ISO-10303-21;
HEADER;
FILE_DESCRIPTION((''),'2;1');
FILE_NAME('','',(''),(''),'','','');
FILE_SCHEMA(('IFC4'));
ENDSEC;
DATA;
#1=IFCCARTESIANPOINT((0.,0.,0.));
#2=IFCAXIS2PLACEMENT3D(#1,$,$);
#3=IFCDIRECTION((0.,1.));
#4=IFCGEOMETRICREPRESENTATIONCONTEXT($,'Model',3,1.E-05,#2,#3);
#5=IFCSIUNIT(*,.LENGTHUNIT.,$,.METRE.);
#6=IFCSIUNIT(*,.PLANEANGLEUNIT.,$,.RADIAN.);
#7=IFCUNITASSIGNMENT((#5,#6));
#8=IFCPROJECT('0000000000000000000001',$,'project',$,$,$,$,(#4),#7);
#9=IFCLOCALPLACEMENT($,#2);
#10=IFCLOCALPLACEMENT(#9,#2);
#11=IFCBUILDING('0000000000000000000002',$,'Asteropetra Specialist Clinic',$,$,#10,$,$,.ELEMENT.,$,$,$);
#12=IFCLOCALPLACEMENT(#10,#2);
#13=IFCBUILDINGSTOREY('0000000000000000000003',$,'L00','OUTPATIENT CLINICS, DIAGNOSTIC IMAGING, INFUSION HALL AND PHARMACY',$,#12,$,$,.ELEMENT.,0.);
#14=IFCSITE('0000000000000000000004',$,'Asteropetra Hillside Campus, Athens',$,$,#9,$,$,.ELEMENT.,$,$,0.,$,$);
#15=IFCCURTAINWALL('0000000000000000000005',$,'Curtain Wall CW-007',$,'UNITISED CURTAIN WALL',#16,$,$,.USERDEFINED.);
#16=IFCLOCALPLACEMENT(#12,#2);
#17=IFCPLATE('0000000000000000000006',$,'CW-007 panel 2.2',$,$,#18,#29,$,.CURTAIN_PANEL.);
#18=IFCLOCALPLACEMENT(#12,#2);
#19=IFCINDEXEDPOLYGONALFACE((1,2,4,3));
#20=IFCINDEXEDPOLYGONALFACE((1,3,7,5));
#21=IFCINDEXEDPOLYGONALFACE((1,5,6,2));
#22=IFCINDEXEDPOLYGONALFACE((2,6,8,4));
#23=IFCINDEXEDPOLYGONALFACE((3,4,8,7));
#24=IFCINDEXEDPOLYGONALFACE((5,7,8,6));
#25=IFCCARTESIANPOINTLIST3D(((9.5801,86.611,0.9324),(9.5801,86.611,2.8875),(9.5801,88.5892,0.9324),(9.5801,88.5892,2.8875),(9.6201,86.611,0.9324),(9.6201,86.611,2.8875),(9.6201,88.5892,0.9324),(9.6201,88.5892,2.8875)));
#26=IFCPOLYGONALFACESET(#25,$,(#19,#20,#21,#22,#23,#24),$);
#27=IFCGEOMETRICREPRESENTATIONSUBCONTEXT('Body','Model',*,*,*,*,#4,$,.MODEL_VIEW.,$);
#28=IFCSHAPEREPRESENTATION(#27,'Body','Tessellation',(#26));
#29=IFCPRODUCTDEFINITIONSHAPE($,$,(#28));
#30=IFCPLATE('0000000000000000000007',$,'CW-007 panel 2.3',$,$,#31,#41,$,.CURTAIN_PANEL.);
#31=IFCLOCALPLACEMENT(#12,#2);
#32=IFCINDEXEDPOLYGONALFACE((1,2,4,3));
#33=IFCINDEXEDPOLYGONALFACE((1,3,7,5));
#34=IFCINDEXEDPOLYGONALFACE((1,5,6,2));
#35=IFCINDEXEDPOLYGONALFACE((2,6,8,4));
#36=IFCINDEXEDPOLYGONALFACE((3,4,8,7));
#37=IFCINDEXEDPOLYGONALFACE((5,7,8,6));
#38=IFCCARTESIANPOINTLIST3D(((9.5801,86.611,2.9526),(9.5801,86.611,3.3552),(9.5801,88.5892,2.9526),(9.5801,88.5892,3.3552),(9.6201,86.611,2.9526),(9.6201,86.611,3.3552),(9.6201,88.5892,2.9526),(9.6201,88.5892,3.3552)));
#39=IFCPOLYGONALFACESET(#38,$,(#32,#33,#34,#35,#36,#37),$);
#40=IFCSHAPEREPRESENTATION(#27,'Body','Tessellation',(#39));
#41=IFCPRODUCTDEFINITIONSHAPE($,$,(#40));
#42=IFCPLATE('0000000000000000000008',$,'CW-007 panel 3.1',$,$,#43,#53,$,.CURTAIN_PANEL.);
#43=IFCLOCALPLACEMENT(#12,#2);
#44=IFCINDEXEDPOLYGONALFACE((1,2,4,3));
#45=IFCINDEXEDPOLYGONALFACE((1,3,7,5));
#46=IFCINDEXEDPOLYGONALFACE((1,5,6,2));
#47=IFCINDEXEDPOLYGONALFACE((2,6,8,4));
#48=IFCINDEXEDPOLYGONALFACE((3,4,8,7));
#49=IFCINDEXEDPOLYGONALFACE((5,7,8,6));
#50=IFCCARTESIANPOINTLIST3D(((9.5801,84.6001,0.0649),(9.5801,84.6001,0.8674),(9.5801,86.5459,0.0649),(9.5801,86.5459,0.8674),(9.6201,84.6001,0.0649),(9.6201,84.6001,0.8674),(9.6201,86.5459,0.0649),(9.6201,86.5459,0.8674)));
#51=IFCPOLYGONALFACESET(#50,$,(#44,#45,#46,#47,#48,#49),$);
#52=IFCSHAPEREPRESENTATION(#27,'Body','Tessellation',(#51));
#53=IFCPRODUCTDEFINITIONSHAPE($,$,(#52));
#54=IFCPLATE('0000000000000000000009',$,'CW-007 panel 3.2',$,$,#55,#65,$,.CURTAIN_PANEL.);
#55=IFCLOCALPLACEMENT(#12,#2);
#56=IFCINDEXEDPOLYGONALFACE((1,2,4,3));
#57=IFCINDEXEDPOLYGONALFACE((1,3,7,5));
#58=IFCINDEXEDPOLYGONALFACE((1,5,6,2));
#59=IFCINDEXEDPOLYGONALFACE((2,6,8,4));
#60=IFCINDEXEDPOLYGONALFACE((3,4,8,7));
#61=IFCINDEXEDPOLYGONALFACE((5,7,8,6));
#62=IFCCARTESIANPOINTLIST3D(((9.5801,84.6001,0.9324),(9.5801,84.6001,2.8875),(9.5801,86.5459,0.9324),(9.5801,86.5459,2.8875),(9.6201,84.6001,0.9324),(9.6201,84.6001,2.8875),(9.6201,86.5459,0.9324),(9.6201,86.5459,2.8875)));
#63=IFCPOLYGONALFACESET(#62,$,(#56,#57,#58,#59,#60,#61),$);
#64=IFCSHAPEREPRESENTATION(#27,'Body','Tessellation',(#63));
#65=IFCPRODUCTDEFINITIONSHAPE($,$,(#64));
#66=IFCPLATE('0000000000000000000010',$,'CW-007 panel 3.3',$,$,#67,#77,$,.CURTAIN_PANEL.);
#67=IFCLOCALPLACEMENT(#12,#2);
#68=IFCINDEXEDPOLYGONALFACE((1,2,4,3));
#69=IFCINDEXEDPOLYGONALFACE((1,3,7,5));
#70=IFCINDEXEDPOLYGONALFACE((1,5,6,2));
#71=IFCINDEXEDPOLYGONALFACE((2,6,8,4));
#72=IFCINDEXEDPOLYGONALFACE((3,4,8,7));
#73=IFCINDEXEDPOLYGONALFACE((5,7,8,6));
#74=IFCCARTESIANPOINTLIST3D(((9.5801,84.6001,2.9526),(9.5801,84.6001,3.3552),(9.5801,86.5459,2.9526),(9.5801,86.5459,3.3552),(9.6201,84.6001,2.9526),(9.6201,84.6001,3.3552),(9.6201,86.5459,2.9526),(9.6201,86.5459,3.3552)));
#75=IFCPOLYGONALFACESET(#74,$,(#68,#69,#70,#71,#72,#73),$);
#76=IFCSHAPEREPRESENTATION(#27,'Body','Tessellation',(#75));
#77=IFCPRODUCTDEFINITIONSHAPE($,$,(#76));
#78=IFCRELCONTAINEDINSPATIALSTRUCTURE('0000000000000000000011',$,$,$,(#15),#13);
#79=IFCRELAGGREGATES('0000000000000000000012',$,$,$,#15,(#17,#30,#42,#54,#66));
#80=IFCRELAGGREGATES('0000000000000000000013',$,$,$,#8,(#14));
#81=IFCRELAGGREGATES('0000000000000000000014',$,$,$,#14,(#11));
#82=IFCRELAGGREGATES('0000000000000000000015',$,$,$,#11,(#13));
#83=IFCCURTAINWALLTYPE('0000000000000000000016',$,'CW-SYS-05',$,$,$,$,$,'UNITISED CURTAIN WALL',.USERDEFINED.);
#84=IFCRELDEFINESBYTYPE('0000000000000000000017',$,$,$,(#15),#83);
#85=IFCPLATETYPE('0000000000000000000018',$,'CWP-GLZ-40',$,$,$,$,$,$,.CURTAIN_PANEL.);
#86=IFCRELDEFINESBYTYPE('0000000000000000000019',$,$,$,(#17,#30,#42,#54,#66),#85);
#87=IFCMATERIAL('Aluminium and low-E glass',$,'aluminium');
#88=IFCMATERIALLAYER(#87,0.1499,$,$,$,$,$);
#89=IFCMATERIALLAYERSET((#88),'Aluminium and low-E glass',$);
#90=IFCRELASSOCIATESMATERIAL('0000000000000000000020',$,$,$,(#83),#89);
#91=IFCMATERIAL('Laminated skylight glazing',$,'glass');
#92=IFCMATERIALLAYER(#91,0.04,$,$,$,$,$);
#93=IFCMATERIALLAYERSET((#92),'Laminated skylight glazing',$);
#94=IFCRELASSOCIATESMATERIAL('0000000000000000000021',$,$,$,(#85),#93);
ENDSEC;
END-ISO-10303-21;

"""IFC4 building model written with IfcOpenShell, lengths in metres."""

from ifc_helpers import new_model, si_unit, direction, frame, origin, origin_2d, place, context, subcontext, project, spatial, rectangle, extrude, material, layer, layer_set, type_object, element, aggregate, save


model = new_model("IFC4")

# Units and contexts
model_context = context("Model", 3, precision=1e-05, world=origin(), true_north=direction((0.0, 1.0)))
body_context = subcontext(model_context, "Body", "Model", "MODEL_VIEW")
ifc_project = project(units=[si_unit("LENGTHUNIT", "METRE"), si_unit("PLANEANGLEUNIT", "RADIAN")], contexts=[model_context])

# Site, building, storey
site_placement = place(None, origin())
site = spatial("IfcSite", under=ifc_project, at=site_placement, Name="Asteropetra Hillside Campus, Athens", CompositionType="ELEMENT", RefElevation=0.0)
building_placement = place(site_placement, origin())
building = spatial("IfcBuilding", under=site, at=building_placement, Name="Asteropetra Specialist Clinic", CompositionType="ELEMENT")
storey_placement = place(building_placement, origin())
storey = spatial("IfcBuildingStorey", under=building, at=storey_placement, Name="L00", Description="OUTPATIENT CLINICS, DIAGNOSTIC IMAGING, INFUSION HALL AND PHARMACY", CompositionType="ELEMENT", Elevation=0.0)

# Curtain wall, plates
ifc_material_1 = material(Name="Aluminium and low-E glass", Category="aluminium")
ifc_layer_1 = layer(ifc_material_1, 0.1499)
ifc_layer_set_1 = layer_set([ifc_layer_1], Name="Aluminium and low-E glass")
curtain_wall_type = type_object("IfcCurtainWallType", Name="CW-SYS-05", ElementType="UNITISED CURTAIN WALL", PredefinedType="USERDEFINED", material=ifc_layer_set_1)
curtain_wall_placement = place(storey_placement, origin())
curtain_wall = element("IfcCurtainWall", 1, at=curtain_wall_placement, inside=storey, type_object=curtain_wall_type, Name="Curtain Wall CW-007", ObjectType="UNITISED CURTAIN WALL", PredefinedType="USERDEFINED")
ifc_material_2 = material(Name="Laminated skylight glazing", Category="glass")
ifc_layer_2 = layer(ifc_material_2, 0.04)
ifc_layer_set_2 = layer_set([ifc_layer_2], Name="Laminated skylight glazing")
plate_type = type_object("IfcPlateType", Name="CWP-GLZ-40", PredefinedType="CURTAIN_PANEL", material=ifc_layer_set_2)
plate_1_placement = place(storey_placement, frame((9.6001, 87.6001, 0.9324), z_axis=(0.0, 0.0, 1.0), x_axis=(0.0, -1.0, 0.0)))
plate_1 = element("IfcPlate", 2, at=plate_1_placement, type_object=plate_type, Name="CW-007 panel 2.2", PredefinedType="CURTAIN_PANEL", context=body_context, shape_type="SweptSolid", body=[
    extrude(rectangle(XDim=1.9783, YDim=0.04, at=origin_2d()), origin(), (0.0, 0.0, 1.0), 1.9551),
])
plate_2_placement = place(storey_placement, frame((9.6001, 87.6001, 2.9526), z_axis=(0.0, 0.0, 1.0), x_axis=(0.0, -1.0, 0.0)))
plate_2 = element("IfcPlate", 3, at=plate_2_placement, type_object=plate_type, Name="CW-007 panel 2.3", PredefinedType="CURTAIN_PANEL", context=body_context, shape_type="SweptSolid", body=[
    extrude(rectangle(XDim=1.9783, YDim=0.04, at=origin_2d()), origin(), (0.0, 0.0, 1.0), 0.4026),
])
plate_3_placement = place(storey_placement, frame((9.6001, 85.573, 0.0649), z_axis=(0.0, 0.0, 1.0), x_axis=(0.0, -1.0, 0.0)))
plate_3 = element("IfcPlate", 4, at=plate_3_placement, type_object=plate_type, Name="CW-007 panel 3.1", PredefinedType="CURTAIN_PANEL", context=body_context, shape_type="SweptSolid", body=[
    extrude(rectangle(XDim=1.9458, YDim=0.04, at=origin_2d()), origin(), (0.0, 0.0, 1.0), 0.8025),
])
plate_4_placement = place(storey_placement, frame((9.6001, 85.573, 0.9324), z_axis=(0.0, 0.0, 1.0), x_axis=(0.0, -1.0, 0.0)))
plate_4 = element("IfcPlate", 5, at=plate_4_placement, type_object=plate_type, Name="CW-007 panel 3.2", PredefinedType="CURTAIN_PANEL", context=body_context, shape_type="SweptSolid", body=[
    extrude(rectangle(XDim=1.9458, YDim=0.04, at=origin_2d()), origin(), (0.0, 0.0, 1.0), 1.9551),
])
plate_5_placement = place(storey_placement, frame((9.6001, 85.573, 2.9526), z_axis=(0.0, 0.0, 1.0), x_axis=(0.0, -1.0, 0.0)))
plate_5 = element("IfcPlate", 6, at=plate_5_placement, type_object=plate_type, Name="CW-007 panel 3.3", PredefinedType="CURTAIN_PANEL", context=body_context, shape_type="SweptSolid", body=[
    extrude(rectangle(XDim=1.9458, YDim=0.04, at=origin_2d()), origin(), (0.0, 0.0, 1.0), 0.4026),
])
aggregate(curtain_wall, [plate_1, plate_2, plate_3, plate_4, plate_5])

save(model, "model.ifc")
